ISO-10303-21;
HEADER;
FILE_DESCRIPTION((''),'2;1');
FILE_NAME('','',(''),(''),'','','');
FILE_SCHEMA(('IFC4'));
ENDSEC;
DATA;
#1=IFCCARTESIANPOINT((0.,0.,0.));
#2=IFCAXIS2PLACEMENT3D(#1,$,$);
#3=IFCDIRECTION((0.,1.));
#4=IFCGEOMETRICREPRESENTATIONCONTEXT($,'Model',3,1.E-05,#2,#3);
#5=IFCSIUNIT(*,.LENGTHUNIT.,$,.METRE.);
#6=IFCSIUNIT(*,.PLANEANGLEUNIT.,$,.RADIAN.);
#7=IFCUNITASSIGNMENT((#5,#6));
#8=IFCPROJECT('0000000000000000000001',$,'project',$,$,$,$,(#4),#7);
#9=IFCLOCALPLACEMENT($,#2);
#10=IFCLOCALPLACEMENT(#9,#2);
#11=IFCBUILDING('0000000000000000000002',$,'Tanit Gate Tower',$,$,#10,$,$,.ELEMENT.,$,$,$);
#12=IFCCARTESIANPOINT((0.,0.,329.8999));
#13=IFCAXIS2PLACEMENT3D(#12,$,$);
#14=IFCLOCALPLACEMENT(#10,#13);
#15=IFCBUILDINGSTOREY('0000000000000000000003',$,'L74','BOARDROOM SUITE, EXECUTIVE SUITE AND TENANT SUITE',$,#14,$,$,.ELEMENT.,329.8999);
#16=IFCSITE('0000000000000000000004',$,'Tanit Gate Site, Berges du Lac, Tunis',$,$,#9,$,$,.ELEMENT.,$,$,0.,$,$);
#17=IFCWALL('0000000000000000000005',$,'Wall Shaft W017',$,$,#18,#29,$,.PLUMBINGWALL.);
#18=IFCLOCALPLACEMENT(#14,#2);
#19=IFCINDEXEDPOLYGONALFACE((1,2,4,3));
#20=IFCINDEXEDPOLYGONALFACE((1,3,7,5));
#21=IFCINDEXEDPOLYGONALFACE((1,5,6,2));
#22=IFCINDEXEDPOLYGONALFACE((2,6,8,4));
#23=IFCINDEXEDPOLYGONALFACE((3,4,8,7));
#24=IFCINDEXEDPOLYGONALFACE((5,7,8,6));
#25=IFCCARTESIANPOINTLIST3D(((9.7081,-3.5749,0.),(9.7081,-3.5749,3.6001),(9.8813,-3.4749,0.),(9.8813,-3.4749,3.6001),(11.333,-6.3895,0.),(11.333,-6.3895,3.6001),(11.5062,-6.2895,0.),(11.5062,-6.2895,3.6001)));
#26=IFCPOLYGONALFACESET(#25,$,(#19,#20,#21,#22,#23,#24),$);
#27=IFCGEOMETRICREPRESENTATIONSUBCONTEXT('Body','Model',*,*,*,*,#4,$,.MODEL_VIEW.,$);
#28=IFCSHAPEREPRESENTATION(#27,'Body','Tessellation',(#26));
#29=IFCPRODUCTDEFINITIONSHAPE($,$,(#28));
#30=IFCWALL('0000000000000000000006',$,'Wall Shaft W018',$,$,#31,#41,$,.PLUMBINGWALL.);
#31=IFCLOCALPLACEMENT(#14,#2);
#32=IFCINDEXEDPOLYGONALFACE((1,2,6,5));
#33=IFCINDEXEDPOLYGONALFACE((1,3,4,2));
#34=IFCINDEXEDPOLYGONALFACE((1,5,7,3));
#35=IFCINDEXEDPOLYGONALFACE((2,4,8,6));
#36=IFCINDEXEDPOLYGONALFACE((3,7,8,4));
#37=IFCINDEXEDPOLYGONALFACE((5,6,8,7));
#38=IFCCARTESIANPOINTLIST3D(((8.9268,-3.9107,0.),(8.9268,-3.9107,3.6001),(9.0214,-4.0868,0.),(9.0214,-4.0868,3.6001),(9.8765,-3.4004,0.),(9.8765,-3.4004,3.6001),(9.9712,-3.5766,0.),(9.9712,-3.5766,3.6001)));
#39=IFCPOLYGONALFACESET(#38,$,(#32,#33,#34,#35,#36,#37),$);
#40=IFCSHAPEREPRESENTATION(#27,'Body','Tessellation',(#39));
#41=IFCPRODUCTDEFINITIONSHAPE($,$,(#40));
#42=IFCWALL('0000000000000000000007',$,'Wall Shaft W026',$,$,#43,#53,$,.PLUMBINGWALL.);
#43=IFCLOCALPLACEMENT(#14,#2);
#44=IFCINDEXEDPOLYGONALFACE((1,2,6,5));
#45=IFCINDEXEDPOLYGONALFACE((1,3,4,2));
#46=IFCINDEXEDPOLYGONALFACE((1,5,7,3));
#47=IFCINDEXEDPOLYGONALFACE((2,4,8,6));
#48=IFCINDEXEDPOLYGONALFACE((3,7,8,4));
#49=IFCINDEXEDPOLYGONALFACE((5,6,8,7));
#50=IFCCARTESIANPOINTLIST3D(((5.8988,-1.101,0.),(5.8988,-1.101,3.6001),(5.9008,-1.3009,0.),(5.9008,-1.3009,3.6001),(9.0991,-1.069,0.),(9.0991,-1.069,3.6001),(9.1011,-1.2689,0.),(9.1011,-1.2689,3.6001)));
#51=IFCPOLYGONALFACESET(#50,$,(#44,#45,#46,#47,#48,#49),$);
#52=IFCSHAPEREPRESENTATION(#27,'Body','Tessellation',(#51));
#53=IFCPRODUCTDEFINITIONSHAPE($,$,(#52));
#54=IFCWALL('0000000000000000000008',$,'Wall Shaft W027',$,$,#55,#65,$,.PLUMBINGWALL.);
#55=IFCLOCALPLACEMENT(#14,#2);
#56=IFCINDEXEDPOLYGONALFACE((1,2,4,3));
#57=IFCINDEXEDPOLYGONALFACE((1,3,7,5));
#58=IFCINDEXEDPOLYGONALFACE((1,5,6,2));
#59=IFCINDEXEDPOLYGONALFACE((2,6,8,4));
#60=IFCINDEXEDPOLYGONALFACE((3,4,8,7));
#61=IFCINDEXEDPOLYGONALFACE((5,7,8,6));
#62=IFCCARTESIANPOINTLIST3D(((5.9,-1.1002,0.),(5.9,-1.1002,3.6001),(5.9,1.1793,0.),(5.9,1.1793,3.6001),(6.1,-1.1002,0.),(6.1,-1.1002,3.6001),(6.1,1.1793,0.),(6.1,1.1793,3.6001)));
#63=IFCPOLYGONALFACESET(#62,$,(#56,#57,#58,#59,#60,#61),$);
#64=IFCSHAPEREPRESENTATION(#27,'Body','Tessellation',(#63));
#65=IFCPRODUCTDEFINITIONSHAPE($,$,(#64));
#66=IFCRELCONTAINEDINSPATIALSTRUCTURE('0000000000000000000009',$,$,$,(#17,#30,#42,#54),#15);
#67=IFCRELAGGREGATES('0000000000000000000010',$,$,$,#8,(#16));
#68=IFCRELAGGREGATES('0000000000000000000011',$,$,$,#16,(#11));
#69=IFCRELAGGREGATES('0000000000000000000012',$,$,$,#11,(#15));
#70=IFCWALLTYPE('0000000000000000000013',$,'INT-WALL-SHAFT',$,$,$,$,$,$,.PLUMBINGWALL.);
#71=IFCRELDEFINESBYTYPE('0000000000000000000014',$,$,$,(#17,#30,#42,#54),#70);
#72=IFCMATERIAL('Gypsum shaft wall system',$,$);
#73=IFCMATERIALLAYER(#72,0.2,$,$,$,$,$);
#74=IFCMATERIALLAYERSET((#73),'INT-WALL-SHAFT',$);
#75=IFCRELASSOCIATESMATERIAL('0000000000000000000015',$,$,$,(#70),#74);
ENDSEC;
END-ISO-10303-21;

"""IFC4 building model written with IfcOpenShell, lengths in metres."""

from ifc_helpers import new_model, si_unit, direction, frame, frame_2d, origin, place, context, subcontext, project, spatial, rectangle, extrude, material, layer, layer_set, type_object, element, save


model = new_model("IFC4")

# Units and contexts
model_context = context("Model", 3, precision=1e-05, world=origin(), true_north=direction((0.0, 1.0)))
body_context = subcontext(model_context, "Body", "Model", "MODEL_VIEW")
ifc_project = project(units=[si_unit("LENGTHUNIT", "METRE"), si_unit("PLANEANGLEUNIT", "RADIAN")], contexts=[model_context])

# Site, building, storey
site_placement = place(None, origin())
site = spatial("IfcSite", under=ifc_project, at=site_placement, Name="Tanit Gate Site, Berges du Lac, Tunis", CompositionType="ELEMENT", RefElevation=0.0)
building_placement = place(site_placement, origin())
building = spatial("IfcBuilding", under=site, at=building_placement, Name="Tanit Gate Tower", CompositionType="ELEMENT")
storey_placement = place(building_placement, frame((0.0, 0.0, 329.8999)))
storey = spatial("IfcBuildingStorey", under=building, at=storey_placement, Name="L74", Description="BOARDROOM SUITE, EXECUTIVE SUITE AND TENANT SUITE", CompositionType="ELEMENT", Elevation=329.8999)

# Walls
ifc_material_1 = material(Name="Gypsum shaft wall system")
ifc_layer_1 = layer(ifc_material_1, 0.2)
ifc_layer_set_1 = layer_set([ifc_layer_1], Name="INT-WALL-SHAFT")
wall_type_1 = type_object("IfcWallType", Name="INT-WALL-SHAFT", PredefinedType="PLUMBINGWALL", material=ifc_layer_set_1)
wall_1_placement = place(storey_placement, frame((9.7947, -3.5249, 0.0), z_axis=(0.0, 0.0, 1.0), x_axis=(0.499985, -0.866034, 0.0)))
element("IfcWall", 1, at=wall_1_placement, inside=storey, type_object=wall_type_1, Name="Wall Shaft W017", PredefinedType="PLUMBINGWALL", context=body_context, shape_type="SweptSolid", body=[
    extrude(rectangle(XDim=3.25, YDim=0.2, at=frame_2d((1.625, 0.0))), origin(), (0.0, 0.0, 1.0), 3.6001),
])
wall_2_placement = place(storey_placement, frame((8.9741, -3.9988, 0.0), z_axis=(0.0, 0.0, 1.0), x_axis=(0.880907, 0.473289, 0.0)))
element("IfcWall", 2, at=wall_2_placement, inside=storey, type_object=wall_type_1, Name="Wall Shaft W018", PredefinedType="PLUMBINGWALL", context=body_context, shape_type="SweptSolid", body=[
    extrude(rectangle(XDim=1.0781, YDim=0.2, at=frame_2d((0.5391, 0.0))), origin(), (0.0, 0.0, 1.0), 3.6001),
])
wall_3_placement = place(storey_placement, frame((5.8999, -1.2009, 0.0), z_axis=(0.0, 0.0, 1.0), x_axis=(0.99995, 0.009993, 0.0)))
element("IfcWall", 3, at=wall_3_placement, inside=storey, type_object=wall_type_1, Name="Wall Shaft W026", PredefinedType="PLUMBINGWALL", context=body_context, shape_type="SweptSolid", body=[
    extrude(rectangle(XDim=3.2004, YDim=0.2, at=frame_2d((1.6001, 0.0))), origin(), (0.0, 0.0, 1.0), 3.6001),
])
wall_4_placement = place(storey_placement, frame((6.0, -1.1001, 0.0), z_axis=(0.0, 0.0, 1.0), x_axis=(0.0, 1.0, 0.0)))
element("IfcWall", 4, at=wall_4_placement, inside=storey, type_object=wall_type_1, Name="Wall Shaft W027", PredefinedType="PLUMBINGWALL", context=body_context, shape_type="SweptSolid", body=[
    extrude(rectangle(XDim=2.2795, YDim=0.2, at=frame_2d((1.1396, 0.0))), origin(), (0.0, 0.0, 1.0), 3.6001),
])

save(model, "model.ifc")
